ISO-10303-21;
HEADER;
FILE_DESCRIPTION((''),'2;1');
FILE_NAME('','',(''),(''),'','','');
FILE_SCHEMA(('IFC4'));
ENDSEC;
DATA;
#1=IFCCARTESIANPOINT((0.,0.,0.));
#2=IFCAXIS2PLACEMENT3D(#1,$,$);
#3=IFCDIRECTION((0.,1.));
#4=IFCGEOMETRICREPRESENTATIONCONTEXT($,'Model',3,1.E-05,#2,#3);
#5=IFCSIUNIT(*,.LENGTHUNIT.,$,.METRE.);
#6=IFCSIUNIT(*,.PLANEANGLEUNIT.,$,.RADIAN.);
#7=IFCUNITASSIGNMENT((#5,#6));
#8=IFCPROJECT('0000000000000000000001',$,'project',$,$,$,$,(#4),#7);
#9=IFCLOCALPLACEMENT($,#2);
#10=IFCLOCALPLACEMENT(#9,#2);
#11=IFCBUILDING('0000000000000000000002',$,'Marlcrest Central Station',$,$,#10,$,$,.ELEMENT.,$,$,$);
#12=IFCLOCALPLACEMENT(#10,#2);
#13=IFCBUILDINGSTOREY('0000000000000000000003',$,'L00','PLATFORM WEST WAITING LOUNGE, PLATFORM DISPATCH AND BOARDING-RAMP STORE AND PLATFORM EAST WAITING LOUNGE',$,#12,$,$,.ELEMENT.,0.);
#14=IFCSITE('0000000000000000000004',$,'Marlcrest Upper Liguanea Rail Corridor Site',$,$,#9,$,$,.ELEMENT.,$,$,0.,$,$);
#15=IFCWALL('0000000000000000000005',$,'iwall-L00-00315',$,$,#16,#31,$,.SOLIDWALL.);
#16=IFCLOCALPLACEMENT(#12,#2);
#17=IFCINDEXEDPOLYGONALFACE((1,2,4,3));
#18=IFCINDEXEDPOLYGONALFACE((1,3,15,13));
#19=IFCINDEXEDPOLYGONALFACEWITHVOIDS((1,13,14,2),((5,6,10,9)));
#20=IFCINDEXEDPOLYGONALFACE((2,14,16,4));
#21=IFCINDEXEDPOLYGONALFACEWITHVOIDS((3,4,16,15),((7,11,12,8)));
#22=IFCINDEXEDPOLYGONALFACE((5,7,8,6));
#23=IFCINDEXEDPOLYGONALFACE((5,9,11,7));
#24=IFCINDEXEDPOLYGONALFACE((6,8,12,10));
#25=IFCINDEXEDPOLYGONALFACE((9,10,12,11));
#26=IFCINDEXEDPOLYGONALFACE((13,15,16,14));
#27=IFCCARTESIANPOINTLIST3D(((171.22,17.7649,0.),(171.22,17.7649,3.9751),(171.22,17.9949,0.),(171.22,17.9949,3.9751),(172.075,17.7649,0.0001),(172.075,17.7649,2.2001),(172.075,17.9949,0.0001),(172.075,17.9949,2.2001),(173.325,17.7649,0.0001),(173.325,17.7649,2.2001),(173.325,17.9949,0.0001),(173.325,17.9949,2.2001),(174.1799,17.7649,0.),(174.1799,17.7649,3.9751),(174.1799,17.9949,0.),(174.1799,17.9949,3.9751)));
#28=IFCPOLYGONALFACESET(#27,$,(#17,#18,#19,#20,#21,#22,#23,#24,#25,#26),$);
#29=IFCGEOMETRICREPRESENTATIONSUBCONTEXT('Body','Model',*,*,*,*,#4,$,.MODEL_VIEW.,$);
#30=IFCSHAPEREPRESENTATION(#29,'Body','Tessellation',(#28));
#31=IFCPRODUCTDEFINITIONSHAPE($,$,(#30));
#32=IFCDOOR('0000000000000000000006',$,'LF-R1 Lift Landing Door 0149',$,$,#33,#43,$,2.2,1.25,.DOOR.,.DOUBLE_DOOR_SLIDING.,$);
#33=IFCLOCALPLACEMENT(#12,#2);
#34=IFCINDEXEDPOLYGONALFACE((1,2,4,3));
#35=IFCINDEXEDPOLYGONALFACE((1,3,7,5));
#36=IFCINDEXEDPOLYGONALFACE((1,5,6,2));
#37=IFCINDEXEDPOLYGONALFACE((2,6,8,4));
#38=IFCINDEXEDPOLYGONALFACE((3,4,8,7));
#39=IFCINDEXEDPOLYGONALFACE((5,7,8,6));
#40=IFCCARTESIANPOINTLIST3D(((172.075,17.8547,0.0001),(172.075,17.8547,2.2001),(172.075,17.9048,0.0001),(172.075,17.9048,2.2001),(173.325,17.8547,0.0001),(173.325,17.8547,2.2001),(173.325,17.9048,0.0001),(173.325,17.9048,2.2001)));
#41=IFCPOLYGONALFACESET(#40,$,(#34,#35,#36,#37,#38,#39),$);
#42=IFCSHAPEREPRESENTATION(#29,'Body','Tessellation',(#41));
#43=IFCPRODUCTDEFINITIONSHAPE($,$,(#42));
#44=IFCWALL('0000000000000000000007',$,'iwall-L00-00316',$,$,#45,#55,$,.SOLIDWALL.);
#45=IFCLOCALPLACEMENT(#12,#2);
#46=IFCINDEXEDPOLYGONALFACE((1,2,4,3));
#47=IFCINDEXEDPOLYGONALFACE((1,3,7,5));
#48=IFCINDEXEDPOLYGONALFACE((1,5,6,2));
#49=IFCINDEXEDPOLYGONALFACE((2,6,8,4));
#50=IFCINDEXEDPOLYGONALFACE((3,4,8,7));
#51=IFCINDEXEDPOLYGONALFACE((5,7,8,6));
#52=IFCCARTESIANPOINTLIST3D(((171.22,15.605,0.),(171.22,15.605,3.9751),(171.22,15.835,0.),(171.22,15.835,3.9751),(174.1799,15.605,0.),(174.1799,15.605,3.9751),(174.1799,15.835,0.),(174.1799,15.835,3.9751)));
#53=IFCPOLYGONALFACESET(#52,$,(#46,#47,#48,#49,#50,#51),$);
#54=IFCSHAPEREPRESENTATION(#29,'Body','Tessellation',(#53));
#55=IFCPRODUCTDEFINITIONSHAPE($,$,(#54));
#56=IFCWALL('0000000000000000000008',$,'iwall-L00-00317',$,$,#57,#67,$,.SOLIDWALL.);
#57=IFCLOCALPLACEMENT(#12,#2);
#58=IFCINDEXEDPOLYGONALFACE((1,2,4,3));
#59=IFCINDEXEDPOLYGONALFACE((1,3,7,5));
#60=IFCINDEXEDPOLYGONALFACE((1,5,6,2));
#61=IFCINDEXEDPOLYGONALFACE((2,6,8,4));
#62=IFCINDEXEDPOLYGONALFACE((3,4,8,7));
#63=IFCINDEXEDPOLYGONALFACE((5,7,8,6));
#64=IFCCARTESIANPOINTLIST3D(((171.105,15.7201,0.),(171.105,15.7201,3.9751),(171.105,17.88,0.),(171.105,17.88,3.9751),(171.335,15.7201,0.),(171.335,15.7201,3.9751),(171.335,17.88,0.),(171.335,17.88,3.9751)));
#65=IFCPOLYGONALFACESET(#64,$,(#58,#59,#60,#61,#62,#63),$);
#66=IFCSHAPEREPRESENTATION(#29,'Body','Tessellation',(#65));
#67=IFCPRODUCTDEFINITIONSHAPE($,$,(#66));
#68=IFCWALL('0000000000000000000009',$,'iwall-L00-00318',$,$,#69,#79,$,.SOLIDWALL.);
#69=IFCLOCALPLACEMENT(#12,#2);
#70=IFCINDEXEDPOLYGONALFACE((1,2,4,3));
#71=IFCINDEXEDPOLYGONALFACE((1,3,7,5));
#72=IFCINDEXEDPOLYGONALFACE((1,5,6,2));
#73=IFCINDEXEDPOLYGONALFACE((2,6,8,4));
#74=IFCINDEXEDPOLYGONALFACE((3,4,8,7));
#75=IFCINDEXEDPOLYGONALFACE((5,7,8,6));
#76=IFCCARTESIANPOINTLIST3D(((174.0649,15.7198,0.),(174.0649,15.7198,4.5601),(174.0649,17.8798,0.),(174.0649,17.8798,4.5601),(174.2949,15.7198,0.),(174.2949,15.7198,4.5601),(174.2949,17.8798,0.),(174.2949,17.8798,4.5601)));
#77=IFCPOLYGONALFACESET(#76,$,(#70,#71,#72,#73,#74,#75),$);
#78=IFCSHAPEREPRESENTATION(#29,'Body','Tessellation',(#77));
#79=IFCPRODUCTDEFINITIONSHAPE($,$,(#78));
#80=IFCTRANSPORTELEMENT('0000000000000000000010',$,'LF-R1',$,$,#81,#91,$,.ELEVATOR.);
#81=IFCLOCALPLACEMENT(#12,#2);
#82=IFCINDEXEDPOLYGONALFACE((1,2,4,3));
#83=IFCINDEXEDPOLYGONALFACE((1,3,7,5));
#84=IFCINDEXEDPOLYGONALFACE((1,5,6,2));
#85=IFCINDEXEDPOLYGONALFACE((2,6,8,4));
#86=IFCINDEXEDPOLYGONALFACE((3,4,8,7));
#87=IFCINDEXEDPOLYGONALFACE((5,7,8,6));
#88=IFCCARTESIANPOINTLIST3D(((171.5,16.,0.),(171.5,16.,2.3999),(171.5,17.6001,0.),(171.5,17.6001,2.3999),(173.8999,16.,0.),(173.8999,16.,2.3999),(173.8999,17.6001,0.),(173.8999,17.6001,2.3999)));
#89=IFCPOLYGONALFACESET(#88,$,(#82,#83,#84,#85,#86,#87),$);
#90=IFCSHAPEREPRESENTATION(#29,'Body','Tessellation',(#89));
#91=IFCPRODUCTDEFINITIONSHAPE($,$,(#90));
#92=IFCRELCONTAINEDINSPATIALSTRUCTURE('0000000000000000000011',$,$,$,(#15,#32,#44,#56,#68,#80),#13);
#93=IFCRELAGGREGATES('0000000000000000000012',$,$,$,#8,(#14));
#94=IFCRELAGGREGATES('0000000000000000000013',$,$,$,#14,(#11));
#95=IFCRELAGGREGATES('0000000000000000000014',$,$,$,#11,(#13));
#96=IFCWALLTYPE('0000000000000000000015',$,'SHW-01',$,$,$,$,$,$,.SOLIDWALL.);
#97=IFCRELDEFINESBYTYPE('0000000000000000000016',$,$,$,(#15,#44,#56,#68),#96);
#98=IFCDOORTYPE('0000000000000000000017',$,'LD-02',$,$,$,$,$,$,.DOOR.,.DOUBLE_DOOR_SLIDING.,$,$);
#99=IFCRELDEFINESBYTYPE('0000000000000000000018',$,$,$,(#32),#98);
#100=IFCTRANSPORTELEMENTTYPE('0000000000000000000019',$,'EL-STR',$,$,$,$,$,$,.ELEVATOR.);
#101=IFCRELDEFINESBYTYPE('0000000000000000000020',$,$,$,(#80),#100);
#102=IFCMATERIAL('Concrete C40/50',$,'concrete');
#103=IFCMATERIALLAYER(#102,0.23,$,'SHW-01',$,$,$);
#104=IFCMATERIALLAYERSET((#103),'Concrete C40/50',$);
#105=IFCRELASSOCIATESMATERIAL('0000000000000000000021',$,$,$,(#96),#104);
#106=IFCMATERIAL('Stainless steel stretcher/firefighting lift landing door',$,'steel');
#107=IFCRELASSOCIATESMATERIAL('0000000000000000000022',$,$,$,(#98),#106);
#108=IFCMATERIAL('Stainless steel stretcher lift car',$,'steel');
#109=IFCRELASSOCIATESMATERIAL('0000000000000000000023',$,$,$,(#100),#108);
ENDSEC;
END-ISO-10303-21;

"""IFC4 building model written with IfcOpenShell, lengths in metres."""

from ifc_helpers import new_model, si_unit, direction, frame, frame_2d, origin, origin_2d, place, context, subcontext, project, spatial, rectangle, extrude, material, layer, layer_set, type_object, element, fill, save


model = new_model("IFC4")

# Units and contexts
model_context = context("Model", 3, precision=1e-05, world=origin(), true_north=direction((0.0, 1.0)))
body_context = subcontext(model_context, "Body", "Model", "MODEL_VIEW")
ifc_project = project(units=[si_unit("LENGTHUNIT", "METRE"), si_unit("PLANEANGLEUNIT", "RADIAN")], contexts=[model_context])

# Site, building, storey
site_placement = place(None, origin())
site = spatial("IfcSite", under=ifc_project, at=site_placement, Name="Marlcrest Upper Liguanea Rail Corridor Site", CompositionType="ELEMENT", RefElevation=0.0)
building_placement = place(site_placement, origin())
building = spatial("IfcBuilding", under=site, at=building_placement, Name="Marlcrest Central Station", CompositionType="ELEMENT")
storey_placement = place(building_placement, origin())
storey = spatial("IfcBuildingStorey", under=building, at=storey_placement, Name="L00", Description="PLATFORM WEST WAITING LOUNGE, PLATFORM DISPATCH AND BOARDING-RAMP STORE AND PLATFORM EAST WAITING LOUNGE", CompositionType="ELEMENT", Elevation=0.0)

# Shared definitions
ifc_material_1 = material(Name="Concrete C40/50", Category="concrete")

# Wall, opening, door
ifc_layer_1 = layer(ifc_material_1, 0.23, Name="SHW-01")
ifc_layer_set_1 = layer_set([ifc_layer_1], Name="Concrete C40/50")
wall_type_1 = type_object("IfcWallType", Name="SHW-01", PredefinedType="SOLIDWALL", material=ifc_layer_set_1)
wall_1_placement = place(storey_placement, frame((171.22, 17.8799, 0.0), z_axis=(0.0, 0.0, 1.0), x_axis=(1.0, 0.0, 0.0)))
wall_1 = element("IfcWall", 1, at=wall_1_placement, inside=storey, type_object=wall_type_1, Name="iwall-L00-00315", PredefinedType="SOLIDWALL", context=body_context, shape_type="SweptSolid", body=[
    extrude(rectangle(XDim=2.96, YDim=0.23, at=frame_2d((1.48, 0.0))), origin(), (0.0, 0.0, 1.0), 3.9751),
])
opening_1_placement = place(wall_1_placement, frame((0.855, 0.0, 0.0)))
opening_1 = element("IfcOpeningElement", 2, at=opening_1_placement, cuts=wall_1, PredefinedType="OPENING", context=body_context, shape_type="SweptSolid", body=[
    extrude(rectangle(XDim=1.25, YDim=2.2, at=frame_2d((0.625, 1.1001))), frame((0.0, 0.125, 0.0), z_axis=(0.0, -1.0, 0.0), x_axis=(1.0, 0.0, 0.0)), (0.0, 0.0, 1.0), 0.25),
])
ifc_material_2 = material(Name="Stainless steel stretcher/firefighting lift landing door", Category="steel")
door_type_1 = type_object("IfcDoorType", Name="LD-02", OperationType="DOUBLE_DOOR_SLIDING", PredefinedType="DOOR", material=ifc_material_2)
door_1_placement = place(opening_1_placement, origin())
door_1 = element("IfcDoor", 3, at=door_1_placement, inside=storey, type_object=door_type_1, Name="LF-R1 Lift Landing Door 0149", OperationType="DOUBLE_DOOR_SLIDING", OverallHeight=2.2, OverallWidth=1.25, PredefinedType="DOOR", context=body_context, shape_type="SweptSolid", body=[
    extrude(rectangle(XDim=1.25, YDim=2.2, at=frame_2d((0.625, 1.1001))), frame((0.0, 0.0249, 0.0), z_axis=(0.0, -1.0, 0.0), x_axis=(1.0, 0.0, 0.0)), (0.0, 0.0, 1.0), 0.05),
])
fill(opening_1, door_1)

# Walls
wall_2_placement = place(storey_placement, frame((174.1799, 15.72, 0.0), z_axis=(0.0, 0.0, 1.0), x_axis=(-1.0, 0.0, 0.0)))
element("IfcWall", 4, at=wall_2_placement, inside=storey, type_object=wall_type_1, Name="iwall-L00-00316", PredefinedType="SOLIDWALL", context=body_context, shape_type="SweptSolid", body=[
    extrude(rectangle(XDim=2.96, YDim=0.23, at=frame_2d((1.48, 0.0))), origin(), (0.0, 0.0, 1.0), 3.9751),
])
wall_3_placement = place(storey_placement, frame((171.22, 15.72, 0.0), z_axis=(0.0, 0.0, 1.0), x_axis=(0.0, 1.0, 0.0)))
element("IfcWall", 5, at=wall_3_placement, inside=storey, type_object=wall_type_1, Name="iwall-L00-00317", PredefinedType="SOLIDWALL", context=body_context, shape_type="SweptSolid", body=[
    extrude(rectangle(XDim=2.1599, YDim=0.23, at=frame_2d((1.0801, 0.0))), origin(), (0.0, 0.0, 1.0), 3.9751),
])
wall_4_placement = place(storey_placement, frame((174.1799, 17.8799, 0.0), z_axis=(0.0, 0.0, 1.0), x_axis=(0.0, -1.0, 0.0)))
element("IfcWall", 6, at=wall_4_placement, inside=storey, type_object=wall_type_1, Name="iwall-L00-00318", PredefinedType="SOLIDWALL", context=body_context, shape_type="SweptSolid", body=[
    extrude(rectangle(XDim=2.1599, YDim=0.23, at=frame_2d((1.0801, 0.0))), origin(), (0.0, 0.0, 1.0), 4.5601),
])

# Transport element
ifc_material_3 = material(Name="Stainless steel stretcher lift car", Category="steel")
transport_element_type = type_object("IfcTransportElementType", Name="EL-STR", PredefinedType="ELEVATOR", material=ifc_material_3)
transport_element_placement = place(storey_placement, frame((172.7, 16.8, 0.0), z_axis=(0.0, 0.0, 1.0), x_axis=(1.0, 0.0, 0.0)))
element("IfcTransportElement", 7, at=transport_element_placement, inside=storey, type_object=transport_element_type, Name="LF-R1", PredefinedType="ELEVATOR", context=body_context, shape_type="SweptSolid", body=[
    extrude(rectangle(XDim=2.3999, YDim=1.6001, at=origin_2d()), origin(), (0.0, 0.0, 1.0), 2.3999),
])

save(model, "model.ifc")
